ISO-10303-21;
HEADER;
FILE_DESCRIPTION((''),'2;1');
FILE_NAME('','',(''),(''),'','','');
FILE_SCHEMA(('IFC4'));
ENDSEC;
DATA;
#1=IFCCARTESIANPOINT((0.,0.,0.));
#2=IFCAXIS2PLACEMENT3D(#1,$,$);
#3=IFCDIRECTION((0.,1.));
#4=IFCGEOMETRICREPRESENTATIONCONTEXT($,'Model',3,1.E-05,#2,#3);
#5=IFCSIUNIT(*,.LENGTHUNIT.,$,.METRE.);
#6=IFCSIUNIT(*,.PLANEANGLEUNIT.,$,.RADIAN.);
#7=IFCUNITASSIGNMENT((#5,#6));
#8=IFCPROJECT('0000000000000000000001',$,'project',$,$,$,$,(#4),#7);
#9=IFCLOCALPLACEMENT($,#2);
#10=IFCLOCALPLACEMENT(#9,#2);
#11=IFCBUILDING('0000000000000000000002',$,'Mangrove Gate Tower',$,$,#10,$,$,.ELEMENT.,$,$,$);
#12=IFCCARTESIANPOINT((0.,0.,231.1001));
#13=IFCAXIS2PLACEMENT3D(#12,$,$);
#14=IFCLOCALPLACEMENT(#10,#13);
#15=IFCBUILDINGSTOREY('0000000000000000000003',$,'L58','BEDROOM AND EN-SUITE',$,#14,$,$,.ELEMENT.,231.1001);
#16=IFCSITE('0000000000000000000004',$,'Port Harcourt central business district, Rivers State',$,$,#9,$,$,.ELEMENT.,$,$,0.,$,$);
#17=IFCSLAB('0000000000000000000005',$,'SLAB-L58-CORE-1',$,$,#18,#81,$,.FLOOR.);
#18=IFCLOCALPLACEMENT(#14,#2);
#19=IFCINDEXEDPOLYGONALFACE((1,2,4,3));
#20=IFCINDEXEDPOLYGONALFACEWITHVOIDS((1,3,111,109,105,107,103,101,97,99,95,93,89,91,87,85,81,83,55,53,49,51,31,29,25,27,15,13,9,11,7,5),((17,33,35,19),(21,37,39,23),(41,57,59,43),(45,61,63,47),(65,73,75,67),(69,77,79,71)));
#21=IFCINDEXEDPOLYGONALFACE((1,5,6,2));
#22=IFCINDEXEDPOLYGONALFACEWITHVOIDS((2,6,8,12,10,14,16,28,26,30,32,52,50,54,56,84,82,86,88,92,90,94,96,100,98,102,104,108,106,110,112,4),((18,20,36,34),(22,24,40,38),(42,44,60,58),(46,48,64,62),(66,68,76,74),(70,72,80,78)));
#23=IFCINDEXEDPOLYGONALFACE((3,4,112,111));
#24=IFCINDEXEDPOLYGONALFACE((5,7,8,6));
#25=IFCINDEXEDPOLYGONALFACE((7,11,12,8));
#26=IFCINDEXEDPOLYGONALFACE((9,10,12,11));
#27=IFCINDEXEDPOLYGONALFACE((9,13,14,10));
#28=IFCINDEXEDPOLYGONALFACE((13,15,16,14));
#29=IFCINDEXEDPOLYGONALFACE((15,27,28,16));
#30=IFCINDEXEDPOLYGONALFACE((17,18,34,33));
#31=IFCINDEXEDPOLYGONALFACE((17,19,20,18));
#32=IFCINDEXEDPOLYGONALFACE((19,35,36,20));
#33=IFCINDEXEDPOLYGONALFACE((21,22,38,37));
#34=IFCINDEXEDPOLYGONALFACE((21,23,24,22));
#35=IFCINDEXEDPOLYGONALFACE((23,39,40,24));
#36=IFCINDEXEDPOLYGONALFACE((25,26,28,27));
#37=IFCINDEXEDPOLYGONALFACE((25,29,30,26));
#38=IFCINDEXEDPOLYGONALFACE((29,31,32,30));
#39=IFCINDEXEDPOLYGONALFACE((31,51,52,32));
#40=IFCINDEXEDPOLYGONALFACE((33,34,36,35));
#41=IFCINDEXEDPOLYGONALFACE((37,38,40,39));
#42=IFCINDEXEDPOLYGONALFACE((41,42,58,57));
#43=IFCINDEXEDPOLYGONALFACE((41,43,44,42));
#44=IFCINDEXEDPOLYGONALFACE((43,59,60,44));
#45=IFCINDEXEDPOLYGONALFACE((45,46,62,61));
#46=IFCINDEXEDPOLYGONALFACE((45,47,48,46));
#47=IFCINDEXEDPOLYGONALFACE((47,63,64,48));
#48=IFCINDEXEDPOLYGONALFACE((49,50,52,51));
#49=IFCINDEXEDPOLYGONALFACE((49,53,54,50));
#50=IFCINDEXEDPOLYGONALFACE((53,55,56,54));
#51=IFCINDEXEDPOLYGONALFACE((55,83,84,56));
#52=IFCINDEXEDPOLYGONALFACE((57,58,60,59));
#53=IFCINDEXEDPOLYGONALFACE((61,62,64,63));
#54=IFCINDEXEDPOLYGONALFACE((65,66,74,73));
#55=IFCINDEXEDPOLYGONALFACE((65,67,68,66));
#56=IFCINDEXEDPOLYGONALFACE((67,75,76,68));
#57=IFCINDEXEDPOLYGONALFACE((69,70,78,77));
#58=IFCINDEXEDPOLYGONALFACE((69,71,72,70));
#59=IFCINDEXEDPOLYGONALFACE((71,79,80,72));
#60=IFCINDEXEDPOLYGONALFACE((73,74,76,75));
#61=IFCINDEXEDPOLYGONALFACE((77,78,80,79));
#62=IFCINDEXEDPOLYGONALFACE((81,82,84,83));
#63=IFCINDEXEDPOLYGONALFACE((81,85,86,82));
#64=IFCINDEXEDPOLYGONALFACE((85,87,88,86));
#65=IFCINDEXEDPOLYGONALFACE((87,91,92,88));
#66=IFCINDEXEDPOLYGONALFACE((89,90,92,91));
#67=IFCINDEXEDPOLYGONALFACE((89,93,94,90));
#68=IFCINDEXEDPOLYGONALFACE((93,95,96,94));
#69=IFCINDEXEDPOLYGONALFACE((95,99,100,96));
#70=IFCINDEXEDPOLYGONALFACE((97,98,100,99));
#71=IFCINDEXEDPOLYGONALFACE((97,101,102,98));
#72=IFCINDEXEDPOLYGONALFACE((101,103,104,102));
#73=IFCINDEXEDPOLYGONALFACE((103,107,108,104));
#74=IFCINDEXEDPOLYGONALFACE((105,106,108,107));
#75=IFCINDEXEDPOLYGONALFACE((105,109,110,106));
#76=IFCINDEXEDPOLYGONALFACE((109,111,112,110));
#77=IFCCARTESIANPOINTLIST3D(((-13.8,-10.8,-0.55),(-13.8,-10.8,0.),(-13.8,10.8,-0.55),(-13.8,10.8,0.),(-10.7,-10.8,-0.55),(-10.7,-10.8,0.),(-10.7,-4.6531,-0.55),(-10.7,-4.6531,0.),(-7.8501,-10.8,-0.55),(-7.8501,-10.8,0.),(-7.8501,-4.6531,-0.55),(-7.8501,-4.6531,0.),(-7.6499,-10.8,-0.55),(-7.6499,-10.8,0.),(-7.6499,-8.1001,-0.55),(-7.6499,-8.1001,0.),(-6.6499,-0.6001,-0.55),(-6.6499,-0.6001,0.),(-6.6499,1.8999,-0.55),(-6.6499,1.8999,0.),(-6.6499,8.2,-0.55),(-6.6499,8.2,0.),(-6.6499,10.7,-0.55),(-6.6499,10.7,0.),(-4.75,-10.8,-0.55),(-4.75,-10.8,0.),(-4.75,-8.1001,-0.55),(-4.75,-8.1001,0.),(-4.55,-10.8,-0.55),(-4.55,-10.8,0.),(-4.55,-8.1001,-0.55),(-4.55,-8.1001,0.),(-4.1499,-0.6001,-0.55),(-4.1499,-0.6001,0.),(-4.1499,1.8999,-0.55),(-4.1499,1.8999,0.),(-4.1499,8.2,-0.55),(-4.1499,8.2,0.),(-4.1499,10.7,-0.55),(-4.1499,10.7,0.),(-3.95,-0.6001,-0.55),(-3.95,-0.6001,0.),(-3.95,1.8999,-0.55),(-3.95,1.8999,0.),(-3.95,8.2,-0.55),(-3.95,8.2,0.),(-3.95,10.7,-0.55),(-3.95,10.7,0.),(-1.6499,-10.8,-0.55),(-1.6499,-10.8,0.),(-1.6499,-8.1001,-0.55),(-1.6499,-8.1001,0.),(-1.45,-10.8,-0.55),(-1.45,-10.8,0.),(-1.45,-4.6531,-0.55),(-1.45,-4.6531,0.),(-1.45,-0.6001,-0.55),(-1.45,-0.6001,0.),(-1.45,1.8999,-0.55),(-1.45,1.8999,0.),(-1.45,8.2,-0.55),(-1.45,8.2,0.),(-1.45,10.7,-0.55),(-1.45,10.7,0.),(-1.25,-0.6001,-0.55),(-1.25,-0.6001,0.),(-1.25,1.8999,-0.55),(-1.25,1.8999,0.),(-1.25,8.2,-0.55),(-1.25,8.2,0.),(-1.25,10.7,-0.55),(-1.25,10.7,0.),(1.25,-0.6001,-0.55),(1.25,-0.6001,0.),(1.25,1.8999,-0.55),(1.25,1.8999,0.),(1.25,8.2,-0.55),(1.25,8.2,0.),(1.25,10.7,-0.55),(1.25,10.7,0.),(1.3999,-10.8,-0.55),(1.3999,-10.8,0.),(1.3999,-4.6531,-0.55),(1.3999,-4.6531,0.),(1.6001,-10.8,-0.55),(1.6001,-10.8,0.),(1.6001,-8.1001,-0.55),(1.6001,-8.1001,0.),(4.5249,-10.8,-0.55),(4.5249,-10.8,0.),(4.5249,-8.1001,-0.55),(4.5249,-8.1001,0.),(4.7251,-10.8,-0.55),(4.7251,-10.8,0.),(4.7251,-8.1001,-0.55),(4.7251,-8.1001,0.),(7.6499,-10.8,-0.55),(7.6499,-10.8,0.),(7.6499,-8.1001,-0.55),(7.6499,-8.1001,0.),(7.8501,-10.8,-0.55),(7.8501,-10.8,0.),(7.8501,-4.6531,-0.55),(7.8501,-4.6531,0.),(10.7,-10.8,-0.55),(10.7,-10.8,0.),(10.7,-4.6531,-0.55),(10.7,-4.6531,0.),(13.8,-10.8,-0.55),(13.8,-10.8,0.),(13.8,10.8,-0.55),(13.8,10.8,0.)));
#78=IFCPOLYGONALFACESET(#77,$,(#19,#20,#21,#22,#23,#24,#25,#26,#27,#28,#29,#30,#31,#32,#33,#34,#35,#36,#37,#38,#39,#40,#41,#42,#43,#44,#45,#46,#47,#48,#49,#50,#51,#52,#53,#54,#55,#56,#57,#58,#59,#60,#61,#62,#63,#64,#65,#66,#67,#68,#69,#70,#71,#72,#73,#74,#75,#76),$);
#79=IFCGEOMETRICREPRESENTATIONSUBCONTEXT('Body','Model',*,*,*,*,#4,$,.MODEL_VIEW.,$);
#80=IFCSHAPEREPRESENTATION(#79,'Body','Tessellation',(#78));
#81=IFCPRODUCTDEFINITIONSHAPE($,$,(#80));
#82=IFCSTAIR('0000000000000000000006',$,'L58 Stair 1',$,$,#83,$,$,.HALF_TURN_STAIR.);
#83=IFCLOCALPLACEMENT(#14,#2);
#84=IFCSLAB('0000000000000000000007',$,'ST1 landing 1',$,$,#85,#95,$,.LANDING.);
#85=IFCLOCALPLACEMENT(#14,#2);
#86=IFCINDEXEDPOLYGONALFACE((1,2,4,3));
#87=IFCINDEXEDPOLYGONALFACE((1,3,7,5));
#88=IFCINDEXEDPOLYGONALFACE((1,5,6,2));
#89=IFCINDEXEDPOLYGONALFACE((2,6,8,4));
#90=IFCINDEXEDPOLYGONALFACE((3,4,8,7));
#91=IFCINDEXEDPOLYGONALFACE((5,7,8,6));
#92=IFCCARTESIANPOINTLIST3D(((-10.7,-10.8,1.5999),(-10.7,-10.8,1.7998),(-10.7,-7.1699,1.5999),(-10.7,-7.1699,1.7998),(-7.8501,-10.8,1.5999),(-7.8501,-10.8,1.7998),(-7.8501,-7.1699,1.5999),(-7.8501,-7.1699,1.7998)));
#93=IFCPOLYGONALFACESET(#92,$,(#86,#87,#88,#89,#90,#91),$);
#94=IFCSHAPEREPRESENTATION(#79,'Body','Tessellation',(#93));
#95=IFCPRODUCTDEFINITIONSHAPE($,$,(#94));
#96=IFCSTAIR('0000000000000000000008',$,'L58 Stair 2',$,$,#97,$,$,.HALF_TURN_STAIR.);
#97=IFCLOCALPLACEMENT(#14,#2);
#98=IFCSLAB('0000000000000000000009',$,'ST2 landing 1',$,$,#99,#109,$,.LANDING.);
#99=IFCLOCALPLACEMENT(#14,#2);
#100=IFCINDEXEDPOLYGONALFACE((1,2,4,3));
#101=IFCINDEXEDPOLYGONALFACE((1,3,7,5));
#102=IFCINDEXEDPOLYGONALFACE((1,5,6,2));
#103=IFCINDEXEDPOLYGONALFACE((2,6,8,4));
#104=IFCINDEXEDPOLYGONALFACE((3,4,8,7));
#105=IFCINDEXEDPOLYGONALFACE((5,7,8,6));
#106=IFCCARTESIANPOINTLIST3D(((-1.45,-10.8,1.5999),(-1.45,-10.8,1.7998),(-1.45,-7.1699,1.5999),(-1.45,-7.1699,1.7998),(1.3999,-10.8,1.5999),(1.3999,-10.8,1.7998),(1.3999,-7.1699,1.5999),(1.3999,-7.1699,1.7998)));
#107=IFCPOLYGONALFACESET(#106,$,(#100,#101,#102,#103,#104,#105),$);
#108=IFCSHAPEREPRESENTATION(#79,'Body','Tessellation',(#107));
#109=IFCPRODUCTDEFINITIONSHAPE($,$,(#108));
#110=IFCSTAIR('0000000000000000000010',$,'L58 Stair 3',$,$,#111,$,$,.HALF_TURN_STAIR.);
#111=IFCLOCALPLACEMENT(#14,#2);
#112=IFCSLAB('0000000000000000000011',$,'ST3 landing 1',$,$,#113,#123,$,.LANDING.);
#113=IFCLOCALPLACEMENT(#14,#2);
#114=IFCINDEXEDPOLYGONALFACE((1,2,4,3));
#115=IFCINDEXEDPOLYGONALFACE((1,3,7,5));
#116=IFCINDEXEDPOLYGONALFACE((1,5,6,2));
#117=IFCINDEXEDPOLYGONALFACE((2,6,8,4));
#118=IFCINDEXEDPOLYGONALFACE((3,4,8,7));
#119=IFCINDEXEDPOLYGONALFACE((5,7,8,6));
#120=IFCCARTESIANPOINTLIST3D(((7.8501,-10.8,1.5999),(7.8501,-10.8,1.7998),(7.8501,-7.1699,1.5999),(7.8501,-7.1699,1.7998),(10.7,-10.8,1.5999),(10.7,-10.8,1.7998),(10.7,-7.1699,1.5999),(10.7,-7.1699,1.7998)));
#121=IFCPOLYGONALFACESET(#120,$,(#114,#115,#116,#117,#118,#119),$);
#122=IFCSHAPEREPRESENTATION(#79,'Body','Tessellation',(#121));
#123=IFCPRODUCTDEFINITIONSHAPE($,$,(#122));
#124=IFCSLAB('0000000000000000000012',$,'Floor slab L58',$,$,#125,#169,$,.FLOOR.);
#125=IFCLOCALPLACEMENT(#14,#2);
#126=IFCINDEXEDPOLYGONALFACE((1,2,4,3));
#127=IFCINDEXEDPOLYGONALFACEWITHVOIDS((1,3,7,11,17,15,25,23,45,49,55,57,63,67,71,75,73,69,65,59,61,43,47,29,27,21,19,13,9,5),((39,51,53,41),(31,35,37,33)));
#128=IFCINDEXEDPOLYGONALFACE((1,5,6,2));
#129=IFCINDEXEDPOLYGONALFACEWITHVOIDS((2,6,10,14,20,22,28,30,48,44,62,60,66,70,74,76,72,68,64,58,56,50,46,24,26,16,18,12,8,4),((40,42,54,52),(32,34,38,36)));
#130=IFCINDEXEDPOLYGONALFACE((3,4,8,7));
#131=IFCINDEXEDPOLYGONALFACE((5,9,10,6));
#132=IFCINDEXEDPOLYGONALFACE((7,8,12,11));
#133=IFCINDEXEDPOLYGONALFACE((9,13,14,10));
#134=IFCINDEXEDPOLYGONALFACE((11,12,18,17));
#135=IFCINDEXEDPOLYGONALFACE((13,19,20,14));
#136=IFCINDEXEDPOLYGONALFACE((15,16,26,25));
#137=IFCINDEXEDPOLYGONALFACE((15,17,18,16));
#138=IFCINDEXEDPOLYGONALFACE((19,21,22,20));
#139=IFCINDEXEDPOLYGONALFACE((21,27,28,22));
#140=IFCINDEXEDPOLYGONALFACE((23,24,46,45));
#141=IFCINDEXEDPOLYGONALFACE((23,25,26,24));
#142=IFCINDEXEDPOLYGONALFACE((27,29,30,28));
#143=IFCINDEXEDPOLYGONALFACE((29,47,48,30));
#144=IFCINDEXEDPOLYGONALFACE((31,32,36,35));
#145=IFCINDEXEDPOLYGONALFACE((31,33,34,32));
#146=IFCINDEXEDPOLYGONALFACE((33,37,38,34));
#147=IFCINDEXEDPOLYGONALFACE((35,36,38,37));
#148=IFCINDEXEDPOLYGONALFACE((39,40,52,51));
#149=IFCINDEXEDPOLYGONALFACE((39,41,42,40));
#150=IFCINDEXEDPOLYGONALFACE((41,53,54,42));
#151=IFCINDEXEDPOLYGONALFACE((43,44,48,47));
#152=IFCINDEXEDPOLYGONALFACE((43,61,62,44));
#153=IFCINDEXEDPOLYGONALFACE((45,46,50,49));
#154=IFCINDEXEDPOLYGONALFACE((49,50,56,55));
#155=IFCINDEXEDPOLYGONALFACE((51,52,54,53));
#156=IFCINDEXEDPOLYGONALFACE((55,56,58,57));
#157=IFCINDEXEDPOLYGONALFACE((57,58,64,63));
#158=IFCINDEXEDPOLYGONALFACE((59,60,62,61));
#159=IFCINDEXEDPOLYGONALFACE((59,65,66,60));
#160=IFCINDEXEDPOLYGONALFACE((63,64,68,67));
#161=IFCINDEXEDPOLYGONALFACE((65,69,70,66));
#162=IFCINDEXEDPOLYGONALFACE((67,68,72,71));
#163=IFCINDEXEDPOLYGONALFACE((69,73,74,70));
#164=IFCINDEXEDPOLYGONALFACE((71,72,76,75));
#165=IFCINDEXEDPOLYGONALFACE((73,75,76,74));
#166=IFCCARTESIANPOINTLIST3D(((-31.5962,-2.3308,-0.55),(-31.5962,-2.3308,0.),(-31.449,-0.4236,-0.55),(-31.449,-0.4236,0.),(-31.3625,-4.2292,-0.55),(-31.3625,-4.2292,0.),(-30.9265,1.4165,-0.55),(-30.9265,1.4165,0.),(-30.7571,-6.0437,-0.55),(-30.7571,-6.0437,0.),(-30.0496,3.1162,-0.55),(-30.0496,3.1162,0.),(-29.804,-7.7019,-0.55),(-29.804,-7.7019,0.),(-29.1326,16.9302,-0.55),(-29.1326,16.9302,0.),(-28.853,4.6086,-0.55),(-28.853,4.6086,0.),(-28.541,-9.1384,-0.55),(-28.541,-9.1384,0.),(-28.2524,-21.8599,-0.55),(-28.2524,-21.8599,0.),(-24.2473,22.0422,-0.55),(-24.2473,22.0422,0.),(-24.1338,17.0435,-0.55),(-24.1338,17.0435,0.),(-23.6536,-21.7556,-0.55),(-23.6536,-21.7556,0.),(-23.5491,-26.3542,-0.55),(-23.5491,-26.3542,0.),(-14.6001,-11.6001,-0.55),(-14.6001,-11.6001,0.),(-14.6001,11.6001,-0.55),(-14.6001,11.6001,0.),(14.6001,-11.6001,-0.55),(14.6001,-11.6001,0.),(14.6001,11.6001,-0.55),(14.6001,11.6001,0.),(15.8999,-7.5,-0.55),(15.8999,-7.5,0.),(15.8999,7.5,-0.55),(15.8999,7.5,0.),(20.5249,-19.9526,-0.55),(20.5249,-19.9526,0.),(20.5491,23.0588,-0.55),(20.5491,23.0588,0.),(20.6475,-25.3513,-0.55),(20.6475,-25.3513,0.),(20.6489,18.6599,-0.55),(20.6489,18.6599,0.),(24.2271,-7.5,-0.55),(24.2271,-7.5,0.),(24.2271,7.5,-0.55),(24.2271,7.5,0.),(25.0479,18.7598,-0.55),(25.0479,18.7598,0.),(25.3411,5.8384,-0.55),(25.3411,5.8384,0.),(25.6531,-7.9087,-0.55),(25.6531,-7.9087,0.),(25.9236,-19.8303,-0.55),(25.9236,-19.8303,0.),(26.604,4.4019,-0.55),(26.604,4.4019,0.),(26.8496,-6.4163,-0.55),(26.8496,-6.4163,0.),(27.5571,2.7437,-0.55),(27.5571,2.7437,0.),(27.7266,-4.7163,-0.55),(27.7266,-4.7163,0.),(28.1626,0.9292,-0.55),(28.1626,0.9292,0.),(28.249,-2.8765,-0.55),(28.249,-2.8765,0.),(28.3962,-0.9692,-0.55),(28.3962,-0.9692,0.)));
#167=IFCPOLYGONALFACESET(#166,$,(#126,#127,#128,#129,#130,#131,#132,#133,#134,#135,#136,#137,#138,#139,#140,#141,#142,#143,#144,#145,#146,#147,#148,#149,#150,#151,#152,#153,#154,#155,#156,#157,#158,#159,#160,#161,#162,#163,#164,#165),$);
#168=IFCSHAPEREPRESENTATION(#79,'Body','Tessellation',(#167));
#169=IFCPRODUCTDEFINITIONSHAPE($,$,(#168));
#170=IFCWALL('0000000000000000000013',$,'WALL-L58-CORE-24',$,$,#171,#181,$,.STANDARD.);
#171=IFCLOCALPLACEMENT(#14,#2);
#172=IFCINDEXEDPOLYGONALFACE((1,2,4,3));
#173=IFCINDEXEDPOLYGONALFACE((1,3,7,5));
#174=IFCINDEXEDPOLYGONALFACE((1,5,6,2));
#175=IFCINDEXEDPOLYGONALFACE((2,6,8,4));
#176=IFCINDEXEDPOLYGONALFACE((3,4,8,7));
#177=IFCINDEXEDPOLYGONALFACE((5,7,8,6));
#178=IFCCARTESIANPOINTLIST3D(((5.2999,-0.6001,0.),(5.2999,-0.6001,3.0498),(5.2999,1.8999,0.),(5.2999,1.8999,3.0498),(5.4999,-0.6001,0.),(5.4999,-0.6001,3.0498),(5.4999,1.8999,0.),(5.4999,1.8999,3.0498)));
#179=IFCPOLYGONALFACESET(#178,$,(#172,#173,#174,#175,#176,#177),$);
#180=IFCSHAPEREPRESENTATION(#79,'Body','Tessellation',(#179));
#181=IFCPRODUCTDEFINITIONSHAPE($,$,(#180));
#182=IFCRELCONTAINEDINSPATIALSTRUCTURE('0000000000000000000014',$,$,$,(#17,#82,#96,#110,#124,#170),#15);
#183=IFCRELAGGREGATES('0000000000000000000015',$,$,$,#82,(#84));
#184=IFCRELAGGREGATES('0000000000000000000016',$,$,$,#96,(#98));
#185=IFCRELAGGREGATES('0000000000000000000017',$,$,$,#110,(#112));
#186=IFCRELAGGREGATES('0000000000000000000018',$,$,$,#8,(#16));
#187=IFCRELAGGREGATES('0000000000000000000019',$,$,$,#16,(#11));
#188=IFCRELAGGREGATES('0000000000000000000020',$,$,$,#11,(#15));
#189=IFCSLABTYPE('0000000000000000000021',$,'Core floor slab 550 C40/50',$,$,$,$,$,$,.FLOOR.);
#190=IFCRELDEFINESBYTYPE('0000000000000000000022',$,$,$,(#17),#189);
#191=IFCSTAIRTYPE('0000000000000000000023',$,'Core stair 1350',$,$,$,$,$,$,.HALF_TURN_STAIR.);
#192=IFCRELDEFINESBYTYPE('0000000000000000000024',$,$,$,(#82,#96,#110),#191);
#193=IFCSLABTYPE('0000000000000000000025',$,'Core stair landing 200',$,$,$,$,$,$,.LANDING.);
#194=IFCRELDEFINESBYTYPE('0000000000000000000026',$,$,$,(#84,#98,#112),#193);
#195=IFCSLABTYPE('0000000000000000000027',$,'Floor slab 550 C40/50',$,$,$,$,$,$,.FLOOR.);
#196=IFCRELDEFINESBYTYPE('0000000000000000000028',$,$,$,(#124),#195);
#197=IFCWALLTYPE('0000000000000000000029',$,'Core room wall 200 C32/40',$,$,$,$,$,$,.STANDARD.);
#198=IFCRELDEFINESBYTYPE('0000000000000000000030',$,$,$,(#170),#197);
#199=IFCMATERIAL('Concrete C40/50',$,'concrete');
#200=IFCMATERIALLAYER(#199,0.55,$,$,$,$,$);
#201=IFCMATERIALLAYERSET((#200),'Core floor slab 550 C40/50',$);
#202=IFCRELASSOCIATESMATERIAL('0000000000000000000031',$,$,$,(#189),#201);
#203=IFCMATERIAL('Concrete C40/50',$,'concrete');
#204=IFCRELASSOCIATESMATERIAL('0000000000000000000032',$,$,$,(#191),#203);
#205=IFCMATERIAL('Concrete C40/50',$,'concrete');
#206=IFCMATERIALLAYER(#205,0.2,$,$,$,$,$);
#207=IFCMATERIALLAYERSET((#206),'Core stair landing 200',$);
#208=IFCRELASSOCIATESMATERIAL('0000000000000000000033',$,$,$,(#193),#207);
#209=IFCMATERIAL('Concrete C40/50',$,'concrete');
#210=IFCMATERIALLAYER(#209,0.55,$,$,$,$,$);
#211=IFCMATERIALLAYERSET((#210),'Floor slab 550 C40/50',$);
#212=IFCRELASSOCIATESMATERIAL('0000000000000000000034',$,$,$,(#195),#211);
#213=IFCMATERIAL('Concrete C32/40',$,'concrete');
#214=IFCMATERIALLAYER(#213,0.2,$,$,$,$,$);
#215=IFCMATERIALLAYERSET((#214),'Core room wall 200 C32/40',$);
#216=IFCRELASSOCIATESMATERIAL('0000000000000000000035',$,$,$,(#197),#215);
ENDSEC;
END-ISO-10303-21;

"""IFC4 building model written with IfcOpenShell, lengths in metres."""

from ifc_helpers import new_model, si_unit, direction, frame, frame_2d, origin, place, context, subcontext, project, spatial, polyline, rectangle, outline, extrude, material, layer, layer_set, type_object, element, aggregate, save


model = new_model("IFC4")

# Units and contexts
model_context = context("Model", 3, precision=1e-05, world=origin(), true_north=direction((0.0, 1.0)))
body_context = subcontext(model_context, "Body", "Model", "MODEL_VIEW")
ifc_project = project(units=[si_unit("LENGTHUNIT", "METRE"), si_unit("PLANEANGLEUNIT", "RADIAN")], contexts=[model_context])

# Site, building, storey
site_placement = place(None, origin())
site = spatial("IfcSite", under=ifc_project, at=site_placement, Name="Port Harcourt central business district, Rivers State", CompositionType="ELEMENT", RefElevation=0.0)
building_placement = place(site_placement, origin())
building = spatial("IfcBuilding", under=site, at=building_placement, Name="Mangrove Gate Tower", CompositionType="ELEMENT")
storey_placement = place(building_placement, frame((0.0, 0.0, 231.1001)))
storey = spatial("IfcBuildingStorey", under=building, at=storey_placement, Name="L58", Description="BEDROOM AND EN-SUITE", CompositionType="ELEMENT", Elevation=231.1001)

# Slab
ifc_material_1 = material(Name="Concrete C40/50", Category="concrete")
ifc_layer_1 = layer(ifc_material_1, 0.55)
ifc_layer_set_1 = layer_set([ifc_layer_1], Name="Core floor slab 550 C40/50")
slab_type_1 = type_object("IfcSlabType", Name="Core floor slab 550 C40/50", PredefinedType="FLOOR", material=ifc_layer_set_1)
slab_1_placement = place(storey_placement, frame((0.0, 0.0, -0.55)))
element("IfcSlab", 1, at=slab_1_placement, inside=storey, type_object=slab_type_1, Name="SLAB-L58-CORE-1", PredefinedType="FLOOR", context=body_context, shape_type="SweptSolid", body=[
    extrude(outline(polyline([(-13.8, -10.8), (-13.8, 10.8), (13.8, 10.8), (13.8, -10.8), (10.7, -10.8), (10.7, -4.6531), (7.8501, -4.6531), (7.8501, -10.8), (7.6499, -10.8), (7.6499, -8.1001), (4.7251, -8.1001), (4.7251, -10.8), (4.5249, -10.8), (4.5249, -8.1001), (1.6001, -8.1001), (1.6001, -10.8), (1.3999, -10.8), (1.3999, -4.6531), (-1.45, -4.6531), (-1.45, -10.8), (-1.6499, -10.8), (-1.6499, -8.1001), (-4.55, -8.1001), (-4.55, -10.8), (-4.75, -10.8), (-4.75, -8.1001), (-7.6499, -8.1001), (-7.6499, -10.8), (-7.8501, -10.8), (-7.8501, -4.6531), (-10.7, -4.6531), (-10.7, -10.8), (-13.8, -10.8)]), holes=[polyline([(-4.1499, 1.8999), (-6.6499, 1.8999), (-6.6499, -0.6001), (-4.1499, -0.6001), (-4.1499, 1.8999)]), polyline([(-1.45, -0.6001), (-1.45, 1.8999), (-3.95, 1.8999), (-3.95, -0.6001), (-1.45, -0.6001)]), polyline([(-4.1499, 8.2), (-4.1499, 10.7), (-6.6499, 10.7), (-6.6499, 8.2), (-4.1499, 8.2)]), polyline([(-1.45, 10.7), (-3.95, 10.7), (-3.95, 8.2), (-1.45, 8.2), (-1.45, 10.7)]), polyline([(1.25, -0.6001), (1.25, 1.8999), (-1.25, 1.8999), (-1.25, -0.6001), (1.25, -0.6001)]), polyline([(1.25, 8.2), (1.25, 10.7), (-1.25, 10.7), (-1.25, 8.2), (1.25, 8.2)])]), origin(), (0.0, 0.0, 1.0), 0.55),
])

# Stairs, slabs
ifc_material_2 = material(Name="Concrete C40/50", Category="concrete")
stair_type = type_object("IfcStairType", Name="Core stair 1350", PredefinedType="HALF_TURN_STAIR", material=ifc_material_2)
stair_1_placement = place(storey_placement, origin())
stair_1 = element("IfcStair", 2, at=stair_1_placement, inside=storey, type_object=stair_type, Name="L58 Stair 1", PredefinedType="HALF_TURN_STAIR")
ifc_material_3 = material(Name="Concrete C40/50", Category="concrete")
ifc_layer_2 = layer(ifc_material_3, 0.2)
ifc_layer_set_2 = layer_set([ifc_layer_2], Name="Core stair landing 200")
slab_type_2 = type_object("IfcSlabType", Name="Core stair landing 200", PredefinedType="LANDING", material=ifc_layer_set_2)
slab_2_placement = place(storey_placement, frame((0.0, 0.0, 1.5999)))
slab_2 = element("IfcSlab", 3, at=slab_2_placement, type_object=slab_type_2, Name="ST1 landing 1", PredefinedType="LANDING", context=body_context, shape_type="SweptSolid", body=[
    extrude(outline(polyline([(-10.7, -7.1699), (-10.7, -10.8), (-7.8501, -10.8), (-7.8501, -7.1699), (-10.7, -7.1699)])), origin(), (0.0, 0.0, 1.0), 0.2),
])
aggregate(stair_1, [slab_2])
stair_2_placement = place(storey_placement, origin())
stair_2 = element("IfcStair", 4, at=stair_2_placement, inside=storey, type_object=stair_type, Name="L58 Stair 2", PredefinedType="HALF_TURN_STAIR")
slab_3_placement = place(storey_placement, frame((0.0, 0.0, 1.5999)))
slab_3 = element("IfcSlab", 5, at=slab_3_placement, type_object=slab_type_2, Name="ST2 landing 1", PredefinedType="LANDING", context=body_context, shape_type="SweptSolid", body=[
    extrude(outline(polyline([(-1.45, -7.1699), (-1.45, -10.8), (1.3999, -10.8), (1.3999, -7.1699), (-1.45, -7.1699)])), origin(), (0.0, 0.0, 1.0), 0.2),
])
aggregate(stair_2, [slab_3])
stair_3_placement = place(storey_placement, origin())
stair_3 = element("IfcStair", 6, at=stair_3_placement, inside=storey, type_object=stair_type, Name="L58 Stair 3", PredefinedType="HALF_TURN_STAIR")
slab_4_placement = place(storey_placement, frame((0.0, 0.0, 1.5999)))
slab_4 = element("IfcSlab", 7, at=slab_4_placement, type_object=slab_type_2, Name="ST3 landing 1", PredefinedType="LANDING", context=body_context, shape_type="SweptSolid", body=[
    extrude(outline(polyline([(7.8501, -7.1699), (7.8501, -10.8), (10.7, -10.8), (10.7, -7.1699), (7.8501, -7.1699)])), origin(), (0.0, 0.0, 1.0), 0.2),
])
aggregate(stair_3, [slab_4])

# Slab
ifc_material_4 = material(Name="Concrete C40/50", Category="concrete")
ifc_layer_3 = layer(ifc_material_4, 0.55)
ifc_layer_set_3 = layer_set([ifc_layer_3], Name="Floor slab 550 C40/50")
slab_type_3 = type_object("IfcSlabType", Name="Floor slab 550 C40/50", PredefinedType="FLOOR", material=ifc_layer_set_3)
slab_5_placement = place(storey_placement, frame((0.0, 0.0, -0.55)))
element("IfcSlab", 8, at=slab_5_placement, inside=storey, type_object=slab_type_3, Name="Floor slab L58", PredefinedType="FLOOR", context=body_context, shape_type="SweptSolid", body=[
    extrude(outline(polyline([(-23.5491, -26.3542), (20.6475, -25.3513), (20.5249, -19.9526), (25.9236, -19.8303), (25.6531, -7.9087), (26.8496, -6.4163), (27.7266, -4.7163), (28.249, -2.8765), (28.3962, -0.9692), (28.1626, 0.9292), (27.5571, 2.7437), (26.604, 4.4019), (25.3411, 5.8384), (25.0479, 18.7598), (20.6489, 18.6599), (20.5491, 23.0588), (-24.2473, 22.0422), (-24.1338, 17.0435), (-29.1326, 16.9302), (-28.853, 4.6086), (-30.0496, 3.1162), (-30.9265, 1.4165), (-31.449, -0.4236), (-31.5962, -2.3308), (-31.3625, -4.2292), (-30.7571, -6.0437), (-29.804, -7.7019), (-28.541, -9.1384), (-28.2524, -21.8599), (-23.6536, -21.7556), (-23.5491, -26.3542)]), holes=[polyline([(15.8999, 7.5), (24.2271, 7.5), (24.2271, -7.5), (15.8999, -7.5), (15.8999, 7.5)]), polyline([(-14.6001, -11.6001), (-14.6001, 11.6001), (14.6001, 11.6001), (14.6001, -11.6001), (-14.6001, -11.6001)])]), origin(), (0.0, 0.0, 1.0), 0.55),
])

# Wall
ifc_material_5 = material(Name="Concrete C32/40", Category="concrete")
ifc_layer_4 = layer(ifc_material_5, 0.2)
ifc_layer_set_4 = layer_set([ifc_layer_4], Name="Core room wall 200 C32/40")
wall_type_1 = type_object("IfcWallType", Name="Core room wall 200 C32/40", PredefinedType="STANDARD", material=ifc_layer_set_4)
for number, where, z_axis, x_axis, name in (
    (9, (5.3999, -0.6001, 0.0), (0.0, 0.0, 1.0), (0.0, 1.0, 0.0), "WALL-L58-CORE-24"),
):
    element("IfcWall", number, at=place(storey_placement, frame(where, z_axis=z_axis, x_axis=x_axis)), inside=storey, type_object=wall_type_1, Name=name, PredefinedType="STANDARD", context=body_context, shape_type="SweptSolid", body=[
        extrude(rectangle(XDim=2.5, YDim=0.2, at=frame_2d((1.25, 0.0))), origin(), (0.0, 0.0, 1.0), 3.0498),
    ])

save(model, "model.ifc")
